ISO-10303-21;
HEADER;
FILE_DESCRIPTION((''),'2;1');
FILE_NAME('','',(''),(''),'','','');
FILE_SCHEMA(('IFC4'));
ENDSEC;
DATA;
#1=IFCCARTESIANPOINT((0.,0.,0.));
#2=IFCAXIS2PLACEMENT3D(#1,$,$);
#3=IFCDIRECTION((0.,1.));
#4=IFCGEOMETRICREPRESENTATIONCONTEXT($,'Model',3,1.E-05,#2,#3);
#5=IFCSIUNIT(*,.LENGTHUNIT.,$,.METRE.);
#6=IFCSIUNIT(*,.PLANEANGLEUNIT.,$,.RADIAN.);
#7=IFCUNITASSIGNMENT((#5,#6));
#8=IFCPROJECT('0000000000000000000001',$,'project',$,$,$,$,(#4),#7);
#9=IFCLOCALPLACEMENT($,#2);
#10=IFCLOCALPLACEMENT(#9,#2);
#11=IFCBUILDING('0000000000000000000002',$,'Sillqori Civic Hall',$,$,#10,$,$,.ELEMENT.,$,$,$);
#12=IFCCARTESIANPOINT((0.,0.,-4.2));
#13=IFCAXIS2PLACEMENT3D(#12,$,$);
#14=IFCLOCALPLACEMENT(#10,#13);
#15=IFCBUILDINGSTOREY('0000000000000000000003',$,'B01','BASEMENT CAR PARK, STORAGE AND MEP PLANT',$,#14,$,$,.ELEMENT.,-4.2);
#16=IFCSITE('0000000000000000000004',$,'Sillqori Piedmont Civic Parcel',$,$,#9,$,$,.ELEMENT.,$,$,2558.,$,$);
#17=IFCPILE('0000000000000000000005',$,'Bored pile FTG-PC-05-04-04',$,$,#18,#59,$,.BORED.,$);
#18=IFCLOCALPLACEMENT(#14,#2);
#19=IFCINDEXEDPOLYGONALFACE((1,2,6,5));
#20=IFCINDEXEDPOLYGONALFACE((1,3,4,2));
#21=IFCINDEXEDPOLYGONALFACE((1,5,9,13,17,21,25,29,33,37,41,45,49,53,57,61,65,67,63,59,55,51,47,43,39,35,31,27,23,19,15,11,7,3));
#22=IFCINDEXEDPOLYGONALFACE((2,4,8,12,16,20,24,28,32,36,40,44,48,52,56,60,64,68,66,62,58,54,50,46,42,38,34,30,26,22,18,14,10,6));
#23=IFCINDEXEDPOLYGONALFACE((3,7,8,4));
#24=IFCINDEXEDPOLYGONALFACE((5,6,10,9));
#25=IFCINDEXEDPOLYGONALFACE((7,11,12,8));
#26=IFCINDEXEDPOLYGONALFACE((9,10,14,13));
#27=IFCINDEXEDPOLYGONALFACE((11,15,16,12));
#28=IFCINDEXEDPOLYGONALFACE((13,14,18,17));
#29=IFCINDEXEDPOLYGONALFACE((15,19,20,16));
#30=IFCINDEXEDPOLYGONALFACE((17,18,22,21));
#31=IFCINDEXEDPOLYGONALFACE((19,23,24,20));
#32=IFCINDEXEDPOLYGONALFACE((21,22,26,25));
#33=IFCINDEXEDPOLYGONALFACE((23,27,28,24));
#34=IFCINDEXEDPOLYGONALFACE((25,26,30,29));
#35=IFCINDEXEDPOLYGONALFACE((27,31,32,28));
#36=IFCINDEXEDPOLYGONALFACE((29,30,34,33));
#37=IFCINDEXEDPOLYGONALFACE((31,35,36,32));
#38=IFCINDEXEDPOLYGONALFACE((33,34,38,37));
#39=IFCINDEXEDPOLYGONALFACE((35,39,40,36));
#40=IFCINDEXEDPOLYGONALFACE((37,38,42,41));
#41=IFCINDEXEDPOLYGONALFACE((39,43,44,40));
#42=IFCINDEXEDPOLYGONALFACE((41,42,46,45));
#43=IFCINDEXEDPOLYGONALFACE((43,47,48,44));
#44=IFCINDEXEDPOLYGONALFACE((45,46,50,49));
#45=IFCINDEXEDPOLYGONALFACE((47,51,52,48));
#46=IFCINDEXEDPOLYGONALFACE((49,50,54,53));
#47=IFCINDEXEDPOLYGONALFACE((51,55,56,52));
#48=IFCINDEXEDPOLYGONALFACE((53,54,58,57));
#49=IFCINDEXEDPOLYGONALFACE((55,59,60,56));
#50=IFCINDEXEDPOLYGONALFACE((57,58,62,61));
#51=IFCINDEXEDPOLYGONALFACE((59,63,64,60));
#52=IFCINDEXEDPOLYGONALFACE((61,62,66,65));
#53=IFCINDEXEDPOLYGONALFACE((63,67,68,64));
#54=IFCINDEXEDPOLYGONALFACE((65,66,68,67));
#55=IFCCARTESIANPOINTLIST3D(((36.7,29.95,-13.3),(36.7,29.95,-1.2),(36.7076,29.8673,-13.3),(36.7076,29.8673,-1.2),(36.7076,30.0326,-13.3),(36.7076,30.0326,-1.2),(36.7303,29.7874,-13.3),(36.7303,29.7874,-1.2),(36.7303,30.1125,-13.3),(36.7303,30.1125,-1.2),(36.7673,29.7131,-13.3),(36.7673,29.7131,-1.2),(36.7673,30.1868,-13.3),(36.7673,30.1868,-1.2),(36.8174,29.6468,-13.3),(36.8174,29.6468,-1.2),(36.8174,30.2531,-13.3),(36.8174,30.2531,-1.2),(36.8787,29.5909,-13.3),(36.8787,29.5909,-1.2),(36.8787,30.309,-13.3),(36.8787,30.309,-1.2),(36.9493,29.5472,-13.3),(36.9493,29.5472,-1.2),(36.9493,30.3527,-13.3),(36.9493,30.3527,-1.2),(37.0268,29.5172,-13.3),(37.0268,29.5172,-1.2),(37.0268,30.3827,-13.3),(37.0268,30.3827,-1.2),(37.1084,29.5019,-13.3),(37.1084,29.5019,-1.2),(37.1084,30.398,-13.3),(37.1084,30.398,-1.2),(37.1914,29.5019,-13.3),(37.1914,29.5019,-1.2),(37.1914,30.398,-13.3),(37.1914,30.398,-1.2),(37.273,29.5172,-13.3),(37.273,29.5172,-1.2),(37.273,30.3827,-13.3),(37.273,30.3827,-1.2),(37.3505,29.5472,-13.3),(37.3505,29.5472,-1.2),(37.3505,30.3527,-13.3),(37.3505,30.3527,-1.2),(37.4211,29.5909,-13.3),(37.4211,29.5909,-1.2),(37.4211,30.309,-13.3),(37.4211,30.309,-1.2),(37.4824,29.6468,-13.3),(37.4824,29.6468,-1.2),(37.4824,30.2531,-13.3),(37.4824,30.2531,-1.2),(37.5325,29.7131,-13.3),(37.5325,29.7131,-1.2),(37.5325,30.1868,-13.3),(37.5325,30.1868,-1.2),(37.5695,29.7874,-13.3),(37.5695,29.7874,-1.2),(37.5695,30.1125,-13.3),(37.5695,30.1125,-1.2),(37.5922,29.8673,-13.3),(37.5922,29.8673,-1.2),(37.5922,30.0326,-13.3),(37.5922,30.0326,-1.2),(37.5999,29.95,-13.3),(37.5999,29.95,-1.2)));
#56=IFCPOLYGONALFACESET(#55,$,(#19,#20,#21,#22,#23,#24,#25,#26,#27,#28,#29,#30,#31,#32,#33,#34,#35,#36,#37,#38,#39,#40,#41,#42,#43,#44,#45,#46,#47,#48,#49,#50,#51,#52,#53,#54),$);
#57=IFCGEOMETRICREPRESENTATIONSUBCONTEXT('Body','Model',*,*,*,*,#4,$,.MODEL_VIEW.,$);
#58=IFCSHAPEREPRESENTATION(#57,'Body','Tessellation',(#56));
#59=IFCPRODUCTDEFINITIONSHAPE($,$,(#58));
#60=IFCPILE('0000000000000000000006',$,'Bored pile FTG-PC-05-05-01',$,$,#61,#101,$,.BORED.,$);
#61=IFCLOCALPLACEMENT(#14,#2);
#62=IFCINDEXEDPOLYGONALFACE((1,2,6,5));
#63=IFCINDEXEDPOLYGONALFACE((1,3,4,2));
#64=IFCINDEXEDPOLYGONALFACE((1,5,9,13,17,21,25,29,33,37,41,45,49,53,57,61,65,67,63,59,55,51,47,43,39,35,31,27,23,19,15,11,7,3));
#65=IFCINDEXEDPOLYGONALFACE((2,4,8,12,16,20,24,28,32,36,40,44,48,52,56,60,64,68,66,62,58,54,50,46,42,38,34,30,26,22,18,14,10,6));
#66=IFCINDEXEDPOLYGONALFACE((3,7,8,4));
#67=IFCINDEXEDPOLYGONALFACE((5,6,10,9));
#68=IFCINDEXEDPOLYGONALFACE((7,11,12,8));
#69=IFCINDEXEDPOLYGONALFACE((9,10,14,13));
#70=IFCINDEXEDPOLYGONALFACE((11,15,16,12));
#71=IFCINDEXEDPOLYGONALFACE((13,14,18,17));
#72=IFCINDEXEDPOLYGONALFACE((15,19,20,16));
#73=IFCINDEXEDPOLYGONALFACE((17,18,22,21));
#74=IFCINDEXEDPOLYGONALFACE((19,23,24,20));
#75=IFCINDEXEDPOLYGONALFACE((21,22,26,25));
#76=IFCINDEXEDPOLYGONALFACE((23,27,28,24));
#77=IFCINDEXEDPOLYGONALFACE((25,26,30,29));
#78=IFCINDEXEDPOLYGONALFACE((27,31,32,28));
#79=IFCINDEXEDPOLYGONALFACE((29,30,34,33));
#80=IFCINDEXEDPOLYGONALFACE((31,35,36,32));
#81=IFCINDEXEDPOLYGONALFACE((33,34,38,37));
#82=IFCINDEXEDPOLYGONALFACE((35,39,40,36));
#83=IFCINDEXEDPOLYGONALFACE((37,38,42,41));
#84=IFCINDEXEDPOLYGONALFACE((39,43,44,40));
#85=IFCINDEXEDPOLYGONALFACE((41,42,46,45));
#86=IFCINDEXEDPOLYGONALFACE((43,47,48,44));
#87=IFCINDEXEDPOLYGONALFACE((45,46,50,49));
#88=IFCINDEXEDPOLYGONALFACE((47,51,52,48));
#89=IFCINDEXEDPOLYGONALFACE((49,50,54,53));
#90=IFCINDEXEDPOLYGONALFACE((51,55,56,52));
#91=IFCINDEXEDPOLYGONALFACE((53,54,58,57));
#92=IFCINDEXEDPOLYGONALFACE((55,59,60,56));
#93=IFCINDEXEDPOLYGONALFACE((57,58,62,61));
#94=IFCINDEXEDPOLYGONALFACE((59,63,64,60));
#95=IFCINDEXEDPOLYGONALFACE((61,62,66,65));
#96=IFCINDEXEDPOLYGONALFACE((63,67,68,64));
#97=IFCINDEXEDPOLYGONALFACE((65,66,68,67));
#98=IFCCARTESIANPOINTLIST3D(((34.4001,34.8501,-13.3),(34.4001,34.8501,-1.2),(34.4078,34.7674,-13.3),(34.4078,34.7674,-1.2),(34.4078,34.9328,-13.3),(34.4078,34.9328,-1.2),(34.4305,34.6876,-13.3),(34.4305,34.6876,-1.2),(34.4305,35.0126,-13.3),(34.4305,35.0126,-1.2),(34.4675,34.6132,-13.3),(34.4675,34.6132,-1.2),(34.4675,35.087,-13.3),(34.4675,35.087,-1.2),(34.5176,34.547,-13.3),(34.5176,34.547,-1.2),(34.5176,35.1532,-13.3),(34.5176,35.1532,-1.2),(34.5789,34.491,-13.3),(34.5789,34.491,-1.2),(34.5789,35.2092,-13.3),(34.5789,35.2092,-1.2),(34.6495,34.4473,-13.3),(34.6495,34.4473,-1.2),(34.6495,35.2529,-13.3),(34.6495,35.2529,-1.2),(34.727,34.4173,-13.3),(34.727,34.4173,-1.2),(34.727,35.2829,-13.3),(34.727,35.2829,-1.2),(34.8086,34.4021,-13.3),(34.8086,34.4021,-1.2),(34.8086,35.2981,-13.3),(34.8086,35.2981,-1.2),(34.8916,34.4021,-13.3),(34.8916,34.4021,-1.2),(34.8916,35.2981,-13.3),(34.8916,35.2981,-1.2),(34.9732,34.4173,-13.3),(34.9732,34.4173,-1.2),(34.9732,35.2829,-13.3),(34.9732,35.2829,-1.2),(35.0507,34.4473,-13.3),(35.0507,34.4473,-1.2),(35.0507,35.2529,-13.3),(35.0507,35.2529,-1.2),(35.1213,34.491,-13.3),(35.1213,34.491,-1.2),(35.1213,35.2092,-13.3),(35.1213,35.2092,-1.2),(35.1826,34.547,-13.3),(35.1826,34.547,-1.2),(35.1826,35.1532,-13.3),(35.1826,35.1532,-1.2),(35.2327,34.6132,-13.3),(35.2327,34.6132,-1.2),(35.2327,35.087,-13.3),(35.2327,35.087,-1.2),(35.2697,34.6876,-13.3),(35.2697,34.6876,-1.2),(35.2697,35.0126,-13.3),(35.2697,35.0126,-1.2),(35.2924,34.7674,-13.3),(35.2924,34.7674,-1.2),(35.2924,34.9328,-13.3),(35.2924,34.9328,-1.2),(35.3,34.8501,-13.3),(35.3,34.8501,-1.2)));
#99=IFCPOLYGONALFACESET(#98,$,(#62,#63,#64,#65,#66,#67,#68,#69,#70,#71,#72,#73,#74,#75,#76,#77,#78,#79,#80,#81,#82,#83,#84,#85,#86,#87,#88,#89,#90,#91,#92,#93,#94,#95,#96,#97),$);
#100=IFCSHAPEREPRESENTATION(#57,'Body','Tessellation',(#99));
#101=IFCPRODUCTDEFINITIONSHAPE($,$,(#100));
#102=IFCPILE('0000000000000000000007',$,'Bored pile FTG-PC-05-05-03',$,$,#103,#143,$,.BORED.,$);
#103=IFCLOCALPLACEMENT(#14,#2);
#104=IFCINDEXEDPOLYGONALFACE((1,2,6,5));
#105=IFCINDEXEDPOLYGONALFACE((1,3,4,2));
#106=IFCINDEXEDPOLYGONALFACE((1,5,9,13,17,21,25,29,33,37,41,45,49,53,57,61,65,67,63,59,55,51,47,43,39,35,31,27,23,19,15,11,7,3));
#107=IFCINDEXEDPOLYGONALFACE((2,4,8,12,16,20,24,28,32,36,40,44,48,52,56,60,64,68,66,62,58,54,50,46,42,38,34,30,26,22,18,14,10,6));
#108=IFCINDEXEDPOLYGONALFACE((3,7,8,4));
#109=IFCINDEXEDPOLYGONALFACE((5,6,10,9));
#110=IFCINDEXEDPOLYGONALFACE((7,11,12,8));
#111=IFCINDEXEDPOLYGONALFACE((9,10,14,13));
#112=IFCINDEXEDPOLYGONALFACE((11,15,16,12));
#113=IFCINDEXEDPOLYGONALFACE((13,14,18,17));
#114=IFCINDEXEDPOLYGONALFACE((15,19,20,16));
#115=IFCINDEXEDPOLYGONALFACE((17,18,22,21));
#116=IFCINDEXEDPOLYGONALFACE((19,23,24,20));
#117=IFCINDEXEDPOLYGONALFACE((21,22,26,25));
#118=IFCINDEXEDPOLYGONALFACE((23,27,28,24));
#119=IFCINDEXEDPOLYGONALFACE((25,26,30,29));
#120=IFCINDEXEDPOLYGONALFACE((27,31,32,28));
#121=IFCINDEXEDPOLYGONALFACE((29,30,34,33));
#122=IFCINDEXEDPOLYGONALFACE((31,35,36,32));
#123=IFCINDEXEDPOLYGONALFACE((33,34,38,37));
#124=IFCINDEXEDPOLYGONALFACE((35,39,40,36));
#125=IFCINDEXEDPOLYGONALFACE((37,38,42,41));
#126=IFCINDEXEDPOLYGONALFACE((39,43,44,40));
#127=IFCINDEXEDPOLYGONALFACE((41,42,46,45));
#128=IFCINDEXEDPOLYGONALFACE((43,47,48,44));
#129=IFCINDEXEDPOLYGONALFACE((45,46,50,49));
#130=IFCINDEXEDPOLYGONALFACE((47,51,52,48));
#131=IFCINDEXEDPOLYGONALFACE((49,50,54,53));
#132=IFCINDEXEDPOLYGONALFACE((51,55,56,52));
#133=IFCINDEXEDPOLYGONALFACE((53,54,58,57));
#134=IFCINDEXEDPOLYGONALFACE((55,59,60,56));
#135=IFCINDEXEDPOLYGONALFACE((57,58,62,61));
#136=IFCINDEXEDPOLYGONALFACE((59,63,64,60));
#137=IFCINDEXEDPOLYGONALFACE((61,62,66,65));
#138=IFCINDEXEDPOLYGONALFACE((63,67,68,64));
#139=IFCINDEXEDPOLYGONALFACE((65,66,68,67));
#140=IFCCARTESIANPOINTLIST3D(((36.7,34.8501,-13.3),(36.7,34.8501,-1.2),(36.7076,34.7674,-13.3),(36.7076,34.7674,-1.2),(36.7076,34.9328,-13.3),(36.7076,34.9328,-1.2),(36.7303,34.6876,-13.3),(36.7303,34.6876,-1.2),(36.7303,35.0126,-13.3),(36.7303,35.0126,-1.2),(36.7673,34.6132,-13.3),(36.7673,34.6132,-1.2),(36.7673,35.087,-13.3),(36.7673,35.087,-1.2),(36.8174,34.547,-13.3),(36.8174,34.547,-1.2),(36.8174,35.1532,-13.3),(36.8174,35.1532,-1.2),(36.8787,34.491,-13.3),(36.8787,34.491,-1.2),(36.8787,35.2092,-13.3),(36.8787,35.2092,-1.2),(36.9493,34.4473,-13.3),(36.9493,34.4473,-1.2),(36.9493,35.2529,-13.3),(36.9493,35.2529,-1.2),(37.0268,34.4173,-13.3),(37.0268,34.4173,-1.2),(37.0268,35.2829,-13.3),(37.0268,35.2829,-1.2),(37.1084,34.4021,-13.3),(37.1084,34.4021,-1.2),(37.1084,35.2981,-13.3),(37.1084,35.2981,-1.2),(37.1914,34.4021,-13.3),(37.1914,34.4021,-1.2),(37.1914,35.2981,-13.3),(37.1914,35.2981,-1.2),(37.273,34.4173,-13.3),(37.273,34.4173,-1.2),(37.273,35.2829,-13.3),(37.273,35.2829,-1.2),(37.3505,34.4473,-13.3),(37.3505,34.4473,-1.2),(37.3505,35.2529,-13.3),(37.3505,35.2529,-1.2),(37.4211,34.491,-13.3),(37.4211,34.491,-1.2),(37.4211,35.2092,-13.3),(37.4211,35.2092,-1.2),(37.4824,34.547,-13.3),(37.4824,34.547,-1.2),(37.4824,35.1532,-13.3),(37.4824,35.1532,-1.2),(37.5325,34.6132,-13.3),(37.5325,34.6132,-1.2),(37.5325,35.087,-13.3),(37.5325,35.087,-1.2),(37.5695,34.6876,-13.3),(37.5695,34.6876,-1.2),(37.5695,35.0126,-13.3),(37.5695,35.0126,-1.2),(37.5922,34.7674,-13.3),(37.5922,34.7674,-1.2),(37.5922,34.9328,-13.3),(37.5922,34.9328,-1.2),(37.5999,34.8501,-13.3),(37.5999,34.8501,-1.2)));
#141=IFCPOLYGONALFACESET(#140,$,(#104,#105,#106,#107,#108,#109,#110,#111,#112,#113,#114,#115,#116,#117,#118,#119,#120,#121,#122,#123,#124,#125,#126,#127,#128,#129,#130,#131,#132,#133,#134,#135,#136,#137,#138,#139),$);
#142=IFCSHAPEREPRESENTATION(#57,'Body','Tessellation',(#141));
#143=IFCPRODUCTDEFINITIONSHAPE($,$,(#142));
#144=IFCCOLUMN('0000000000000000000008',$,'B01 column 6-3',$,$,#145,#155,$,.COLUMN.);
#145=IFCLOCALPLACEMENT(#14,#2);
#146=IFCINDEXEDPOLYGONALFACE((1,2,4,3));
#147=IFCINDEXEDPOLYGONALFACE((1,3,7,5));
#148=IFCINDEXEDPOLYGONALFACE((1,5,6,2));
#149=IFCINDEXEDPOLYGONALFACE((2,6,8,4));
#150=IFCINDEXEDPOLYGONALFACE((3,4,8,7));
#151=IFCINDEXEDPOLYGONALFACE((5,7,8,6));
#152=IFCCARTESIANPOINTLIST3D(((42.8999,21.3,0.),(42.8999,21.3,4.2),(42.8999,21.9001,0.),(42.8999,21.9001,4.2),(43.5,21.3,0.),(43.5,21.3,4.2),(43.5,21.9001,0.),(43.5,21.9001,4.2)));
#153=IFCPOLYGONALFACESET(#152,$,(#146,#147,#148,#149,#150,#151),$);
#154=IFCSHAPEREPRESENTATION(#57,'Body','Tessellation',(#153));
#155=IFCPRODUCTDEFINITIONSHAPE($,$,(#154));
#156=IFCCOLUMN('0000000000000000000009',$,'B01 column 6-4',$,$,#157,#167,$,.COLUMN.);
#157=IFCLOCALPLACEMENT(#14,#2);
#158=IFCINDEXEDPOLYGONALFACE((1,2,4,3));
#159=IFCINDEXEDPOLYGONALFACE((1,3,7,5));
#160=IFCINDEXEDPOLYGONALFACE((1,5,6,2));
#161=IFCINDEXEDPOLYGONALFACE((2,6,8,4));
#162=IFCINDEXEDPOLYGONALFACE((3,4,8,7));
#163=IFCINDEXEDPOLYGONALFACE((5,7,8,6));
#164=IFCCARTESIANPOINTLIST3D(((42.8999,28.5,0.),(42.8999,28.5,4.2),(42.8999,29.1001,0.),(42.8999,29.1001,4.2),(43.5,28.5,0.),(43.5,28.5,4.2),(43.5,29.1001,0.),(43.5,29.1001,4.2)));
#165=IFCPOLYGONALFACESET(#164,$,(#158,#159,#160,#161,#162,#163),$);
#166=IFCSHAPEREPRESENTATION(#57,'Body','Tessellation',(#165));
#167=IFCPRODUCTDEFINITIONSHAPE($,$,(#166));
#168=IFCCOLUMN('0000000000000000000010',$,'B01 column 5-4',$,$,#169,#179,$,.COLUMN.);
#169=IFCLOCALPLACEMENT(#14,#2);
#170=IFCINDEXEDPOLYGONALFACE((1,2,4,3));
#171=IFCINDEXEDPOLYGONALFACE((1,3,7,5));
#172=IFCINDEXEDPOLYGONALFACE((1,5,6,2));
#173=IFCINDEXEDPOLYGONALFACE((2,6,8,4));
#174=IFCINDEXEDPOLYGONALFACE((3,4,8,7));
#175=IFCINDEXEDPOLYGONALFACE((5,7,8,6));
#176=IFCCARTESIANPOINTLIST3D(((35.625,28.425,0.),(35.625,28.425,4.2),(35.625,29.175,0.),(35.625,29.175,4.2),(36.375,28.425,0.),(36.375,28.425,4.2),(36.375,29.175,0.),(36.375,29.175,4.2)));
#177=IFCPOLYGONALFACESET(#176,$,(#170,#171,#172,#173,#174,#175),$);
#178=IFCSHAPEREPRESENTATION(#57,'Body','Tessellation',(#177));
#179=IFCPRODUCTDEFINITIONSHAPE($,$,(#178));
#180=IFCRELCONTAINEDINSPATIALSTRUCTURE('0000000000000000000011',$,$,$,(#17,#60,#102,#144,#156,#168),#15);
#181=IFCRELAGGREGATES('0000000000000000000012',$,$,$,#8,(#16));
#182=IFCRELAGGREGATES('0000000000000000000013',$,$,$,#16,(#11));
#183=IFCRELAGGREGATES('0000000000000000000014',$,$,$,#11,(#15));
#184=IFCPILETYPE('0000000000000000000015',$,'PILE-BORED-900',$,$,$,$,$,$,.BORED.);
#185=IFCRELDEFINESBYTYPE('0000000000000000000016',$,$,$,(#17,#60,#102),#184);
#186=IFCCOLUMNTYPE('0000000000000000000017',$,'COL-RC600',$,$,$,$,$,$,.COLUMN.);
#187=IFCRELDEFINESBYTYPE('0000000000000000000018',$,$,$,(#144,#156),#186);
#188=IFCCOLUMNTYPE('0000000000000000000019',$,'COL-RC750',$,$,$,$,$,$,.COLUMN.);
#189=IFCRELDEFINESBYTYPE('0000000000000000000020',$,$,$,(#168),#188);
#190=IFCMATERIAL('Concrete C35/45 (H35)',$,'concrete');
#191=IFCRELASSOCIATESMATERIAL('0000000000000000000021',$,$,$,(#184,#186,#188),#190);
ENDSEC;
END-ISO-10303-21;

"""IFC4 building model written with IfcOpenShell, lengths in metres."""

from ifc_helpers import new_model, si_unit, direction, frame, origin, origin_2d, place, context, subcontext, project, spatial, rectangle, circle, extrude, material, material_profile, profile_set, type_object, element, save


model = new_model("IFC4")

# Units and contexts
model_context = context("Model", 3, precision=1e-05, world=origin(), true_north=direction((0.0, 1.0)))
body_context = subcontext(model_context, "Body", "Model", "MODEL_VIEW")
ifc_project = project(units=[si_unit("LENGTHUNIT", "METRE"), si_unit("PLANEANGLEUNIT", "RADIAN")], contexts=[model_context])

# Site, building, storey
site_placement = place(None, origin())
site = spatial("IfcSite", under=ifc_project, at=site_placement, Name="Sillqori Piedmont Civic Parcel", CompositionType="ELEMENT", RefElevation=2558.0)
building_placement = place(site_placement, origin())
building = spatial("IfcBuilding", under=site, at=building_placement, Name="Sillqori Civic Hall", CompositionType="ELEMENT")
storey_placement = place(building_placement, frame((0.0, 0.0, -4.2)))
storey = spatial("IfcBuildingStorey", under=building, at=storey_placement, Name="B01", Description="BASEMENT CAR PARK, STORAGE AND MEP PLANT", CompositionType="ELEMENT", Elevation=-4.2)

# Shared definitions
ifc_material = material(Name="Concrete C35/45 (H35)", Category="concrete")

# Piles
ifc_material_profile_1 = material_profile(ifc_material, circle(Radius=0.45, at=origin_2d()), Name="BORED PILE 900")
ifc_profile_set_1 = profile_set([ifc_material_profile_1], Name="Concrete C35/45 (H35)")
pile_type = type_object("IfcPileType", Name="PILE-BORED-900", PredefinedType="BORED", material=ifc_profile_set_1)
for number, where, z_axis, x_axis, name in (
    (1, (37.1499, 29.95, -1.2), (0.0, 0.0, -1.0), (1.0, 0.0, 0.0), "Bored pile FTG-PC-05-04-04"),
    (2, (34.8501, 34.8501, -1.2), (0.0, 0.0, -1.0), (1.0, 0.0, 0.0), "Bored pile FTG-PC-05-05-01"),
    (3, (37.1499, 34.8501, -1.2), (0.0, 0.0, -1.0), (1.0, 0.0, 0.0), "Bored pile FTG-PC-05-05-03"),
):
    element("IfcPile", number, at=place(storey_placement, frame(where, z_axis=z_axis, x_axis=x_axis)), inside=storey, type_object=pile_type, Name=name, PredefinedType="BORED", context=body_context, shape_type="SweptSolid", body=[
        extrude(circle(Radius=0.45, at=origin_2d()), origin(), (0.0, 0.0, 1.0), 12.1001),
    ])

# Columns
ifc_material_profile_2 = material_profile(ifc_material, rectangle(XDim=0.6001, YDim=0.6001, at=origin_2d()), Name="RC 600x600")
ifc_profile_set_2 = profile_set([ifc_material_profile_2], Name="Concrete C35/45 (H35)")
column_type_1 = type_object("IfcColumnType", Name="COL-RC600", PredefinedType="COLUMN", material=ifc_profile_set_2)
for number, where, z_axis, x_axis, name in (
    (4, (43.2, 21.6001, 0.0), (0.0, 0.0, 1.0), (1.0, 0.0, 0.0), "B01 column 6-3"),
    (5, (43.2, 28.8, 0.0), (0.0, 0.0, 1.0), (1.0, 0.0, 0.0), "B01 column 6-4"),
):
    element("IfcColumn", number, at=place(storey_placement, frame(where, z_axis=z_axis, x_axis=x_axis)), inside=storey, type_object=column_type_1, Name=name, PredefinedType="COLUMN", context=body_context, shape_type="SweptSolid", body=[
        extrude(rectangle(XDim=0.6001, YDim=0.6001, at=origin_2d()), origin(), (0.0, 0.0, 1.0), 4.2),
    ])
ifc_material_profile_3 = material_profile(ifc_material, rectangle(XDim=0.75, YDim=0.75, at=origin_2d()), Name="RC 750x750")
ifc_profile_set_3 = profile_set([ifc_material_profile_3], Name="Concrete C35/45 (H35)")
column_type_2 = type_object("IfcColumnType", Name="COL-RC750", PredefinedType="COLUMN", material=ifc_profile_set_3)
column_placement = place(storey_placement, frame((36.0, 28.8, 0.0), z_axis=(0.0, 0.0, 1.0), x_axis=(1.0, 0.0, 0.0)))
element("IfcColumn", 6, at=column_placement, inside=storey, type_object=column_type_2, Name="B01 column 5-4", PredefinedType="COLUMN", context=body_context, shape_type="SweptSolid", body=[
    extrude(rectangle(XDim=0.75, YDim=0.75, at=origin_2d()), origin(), (0.0, 0.0, 1.0), 4.2),
])

save(model, "model.ifc")
